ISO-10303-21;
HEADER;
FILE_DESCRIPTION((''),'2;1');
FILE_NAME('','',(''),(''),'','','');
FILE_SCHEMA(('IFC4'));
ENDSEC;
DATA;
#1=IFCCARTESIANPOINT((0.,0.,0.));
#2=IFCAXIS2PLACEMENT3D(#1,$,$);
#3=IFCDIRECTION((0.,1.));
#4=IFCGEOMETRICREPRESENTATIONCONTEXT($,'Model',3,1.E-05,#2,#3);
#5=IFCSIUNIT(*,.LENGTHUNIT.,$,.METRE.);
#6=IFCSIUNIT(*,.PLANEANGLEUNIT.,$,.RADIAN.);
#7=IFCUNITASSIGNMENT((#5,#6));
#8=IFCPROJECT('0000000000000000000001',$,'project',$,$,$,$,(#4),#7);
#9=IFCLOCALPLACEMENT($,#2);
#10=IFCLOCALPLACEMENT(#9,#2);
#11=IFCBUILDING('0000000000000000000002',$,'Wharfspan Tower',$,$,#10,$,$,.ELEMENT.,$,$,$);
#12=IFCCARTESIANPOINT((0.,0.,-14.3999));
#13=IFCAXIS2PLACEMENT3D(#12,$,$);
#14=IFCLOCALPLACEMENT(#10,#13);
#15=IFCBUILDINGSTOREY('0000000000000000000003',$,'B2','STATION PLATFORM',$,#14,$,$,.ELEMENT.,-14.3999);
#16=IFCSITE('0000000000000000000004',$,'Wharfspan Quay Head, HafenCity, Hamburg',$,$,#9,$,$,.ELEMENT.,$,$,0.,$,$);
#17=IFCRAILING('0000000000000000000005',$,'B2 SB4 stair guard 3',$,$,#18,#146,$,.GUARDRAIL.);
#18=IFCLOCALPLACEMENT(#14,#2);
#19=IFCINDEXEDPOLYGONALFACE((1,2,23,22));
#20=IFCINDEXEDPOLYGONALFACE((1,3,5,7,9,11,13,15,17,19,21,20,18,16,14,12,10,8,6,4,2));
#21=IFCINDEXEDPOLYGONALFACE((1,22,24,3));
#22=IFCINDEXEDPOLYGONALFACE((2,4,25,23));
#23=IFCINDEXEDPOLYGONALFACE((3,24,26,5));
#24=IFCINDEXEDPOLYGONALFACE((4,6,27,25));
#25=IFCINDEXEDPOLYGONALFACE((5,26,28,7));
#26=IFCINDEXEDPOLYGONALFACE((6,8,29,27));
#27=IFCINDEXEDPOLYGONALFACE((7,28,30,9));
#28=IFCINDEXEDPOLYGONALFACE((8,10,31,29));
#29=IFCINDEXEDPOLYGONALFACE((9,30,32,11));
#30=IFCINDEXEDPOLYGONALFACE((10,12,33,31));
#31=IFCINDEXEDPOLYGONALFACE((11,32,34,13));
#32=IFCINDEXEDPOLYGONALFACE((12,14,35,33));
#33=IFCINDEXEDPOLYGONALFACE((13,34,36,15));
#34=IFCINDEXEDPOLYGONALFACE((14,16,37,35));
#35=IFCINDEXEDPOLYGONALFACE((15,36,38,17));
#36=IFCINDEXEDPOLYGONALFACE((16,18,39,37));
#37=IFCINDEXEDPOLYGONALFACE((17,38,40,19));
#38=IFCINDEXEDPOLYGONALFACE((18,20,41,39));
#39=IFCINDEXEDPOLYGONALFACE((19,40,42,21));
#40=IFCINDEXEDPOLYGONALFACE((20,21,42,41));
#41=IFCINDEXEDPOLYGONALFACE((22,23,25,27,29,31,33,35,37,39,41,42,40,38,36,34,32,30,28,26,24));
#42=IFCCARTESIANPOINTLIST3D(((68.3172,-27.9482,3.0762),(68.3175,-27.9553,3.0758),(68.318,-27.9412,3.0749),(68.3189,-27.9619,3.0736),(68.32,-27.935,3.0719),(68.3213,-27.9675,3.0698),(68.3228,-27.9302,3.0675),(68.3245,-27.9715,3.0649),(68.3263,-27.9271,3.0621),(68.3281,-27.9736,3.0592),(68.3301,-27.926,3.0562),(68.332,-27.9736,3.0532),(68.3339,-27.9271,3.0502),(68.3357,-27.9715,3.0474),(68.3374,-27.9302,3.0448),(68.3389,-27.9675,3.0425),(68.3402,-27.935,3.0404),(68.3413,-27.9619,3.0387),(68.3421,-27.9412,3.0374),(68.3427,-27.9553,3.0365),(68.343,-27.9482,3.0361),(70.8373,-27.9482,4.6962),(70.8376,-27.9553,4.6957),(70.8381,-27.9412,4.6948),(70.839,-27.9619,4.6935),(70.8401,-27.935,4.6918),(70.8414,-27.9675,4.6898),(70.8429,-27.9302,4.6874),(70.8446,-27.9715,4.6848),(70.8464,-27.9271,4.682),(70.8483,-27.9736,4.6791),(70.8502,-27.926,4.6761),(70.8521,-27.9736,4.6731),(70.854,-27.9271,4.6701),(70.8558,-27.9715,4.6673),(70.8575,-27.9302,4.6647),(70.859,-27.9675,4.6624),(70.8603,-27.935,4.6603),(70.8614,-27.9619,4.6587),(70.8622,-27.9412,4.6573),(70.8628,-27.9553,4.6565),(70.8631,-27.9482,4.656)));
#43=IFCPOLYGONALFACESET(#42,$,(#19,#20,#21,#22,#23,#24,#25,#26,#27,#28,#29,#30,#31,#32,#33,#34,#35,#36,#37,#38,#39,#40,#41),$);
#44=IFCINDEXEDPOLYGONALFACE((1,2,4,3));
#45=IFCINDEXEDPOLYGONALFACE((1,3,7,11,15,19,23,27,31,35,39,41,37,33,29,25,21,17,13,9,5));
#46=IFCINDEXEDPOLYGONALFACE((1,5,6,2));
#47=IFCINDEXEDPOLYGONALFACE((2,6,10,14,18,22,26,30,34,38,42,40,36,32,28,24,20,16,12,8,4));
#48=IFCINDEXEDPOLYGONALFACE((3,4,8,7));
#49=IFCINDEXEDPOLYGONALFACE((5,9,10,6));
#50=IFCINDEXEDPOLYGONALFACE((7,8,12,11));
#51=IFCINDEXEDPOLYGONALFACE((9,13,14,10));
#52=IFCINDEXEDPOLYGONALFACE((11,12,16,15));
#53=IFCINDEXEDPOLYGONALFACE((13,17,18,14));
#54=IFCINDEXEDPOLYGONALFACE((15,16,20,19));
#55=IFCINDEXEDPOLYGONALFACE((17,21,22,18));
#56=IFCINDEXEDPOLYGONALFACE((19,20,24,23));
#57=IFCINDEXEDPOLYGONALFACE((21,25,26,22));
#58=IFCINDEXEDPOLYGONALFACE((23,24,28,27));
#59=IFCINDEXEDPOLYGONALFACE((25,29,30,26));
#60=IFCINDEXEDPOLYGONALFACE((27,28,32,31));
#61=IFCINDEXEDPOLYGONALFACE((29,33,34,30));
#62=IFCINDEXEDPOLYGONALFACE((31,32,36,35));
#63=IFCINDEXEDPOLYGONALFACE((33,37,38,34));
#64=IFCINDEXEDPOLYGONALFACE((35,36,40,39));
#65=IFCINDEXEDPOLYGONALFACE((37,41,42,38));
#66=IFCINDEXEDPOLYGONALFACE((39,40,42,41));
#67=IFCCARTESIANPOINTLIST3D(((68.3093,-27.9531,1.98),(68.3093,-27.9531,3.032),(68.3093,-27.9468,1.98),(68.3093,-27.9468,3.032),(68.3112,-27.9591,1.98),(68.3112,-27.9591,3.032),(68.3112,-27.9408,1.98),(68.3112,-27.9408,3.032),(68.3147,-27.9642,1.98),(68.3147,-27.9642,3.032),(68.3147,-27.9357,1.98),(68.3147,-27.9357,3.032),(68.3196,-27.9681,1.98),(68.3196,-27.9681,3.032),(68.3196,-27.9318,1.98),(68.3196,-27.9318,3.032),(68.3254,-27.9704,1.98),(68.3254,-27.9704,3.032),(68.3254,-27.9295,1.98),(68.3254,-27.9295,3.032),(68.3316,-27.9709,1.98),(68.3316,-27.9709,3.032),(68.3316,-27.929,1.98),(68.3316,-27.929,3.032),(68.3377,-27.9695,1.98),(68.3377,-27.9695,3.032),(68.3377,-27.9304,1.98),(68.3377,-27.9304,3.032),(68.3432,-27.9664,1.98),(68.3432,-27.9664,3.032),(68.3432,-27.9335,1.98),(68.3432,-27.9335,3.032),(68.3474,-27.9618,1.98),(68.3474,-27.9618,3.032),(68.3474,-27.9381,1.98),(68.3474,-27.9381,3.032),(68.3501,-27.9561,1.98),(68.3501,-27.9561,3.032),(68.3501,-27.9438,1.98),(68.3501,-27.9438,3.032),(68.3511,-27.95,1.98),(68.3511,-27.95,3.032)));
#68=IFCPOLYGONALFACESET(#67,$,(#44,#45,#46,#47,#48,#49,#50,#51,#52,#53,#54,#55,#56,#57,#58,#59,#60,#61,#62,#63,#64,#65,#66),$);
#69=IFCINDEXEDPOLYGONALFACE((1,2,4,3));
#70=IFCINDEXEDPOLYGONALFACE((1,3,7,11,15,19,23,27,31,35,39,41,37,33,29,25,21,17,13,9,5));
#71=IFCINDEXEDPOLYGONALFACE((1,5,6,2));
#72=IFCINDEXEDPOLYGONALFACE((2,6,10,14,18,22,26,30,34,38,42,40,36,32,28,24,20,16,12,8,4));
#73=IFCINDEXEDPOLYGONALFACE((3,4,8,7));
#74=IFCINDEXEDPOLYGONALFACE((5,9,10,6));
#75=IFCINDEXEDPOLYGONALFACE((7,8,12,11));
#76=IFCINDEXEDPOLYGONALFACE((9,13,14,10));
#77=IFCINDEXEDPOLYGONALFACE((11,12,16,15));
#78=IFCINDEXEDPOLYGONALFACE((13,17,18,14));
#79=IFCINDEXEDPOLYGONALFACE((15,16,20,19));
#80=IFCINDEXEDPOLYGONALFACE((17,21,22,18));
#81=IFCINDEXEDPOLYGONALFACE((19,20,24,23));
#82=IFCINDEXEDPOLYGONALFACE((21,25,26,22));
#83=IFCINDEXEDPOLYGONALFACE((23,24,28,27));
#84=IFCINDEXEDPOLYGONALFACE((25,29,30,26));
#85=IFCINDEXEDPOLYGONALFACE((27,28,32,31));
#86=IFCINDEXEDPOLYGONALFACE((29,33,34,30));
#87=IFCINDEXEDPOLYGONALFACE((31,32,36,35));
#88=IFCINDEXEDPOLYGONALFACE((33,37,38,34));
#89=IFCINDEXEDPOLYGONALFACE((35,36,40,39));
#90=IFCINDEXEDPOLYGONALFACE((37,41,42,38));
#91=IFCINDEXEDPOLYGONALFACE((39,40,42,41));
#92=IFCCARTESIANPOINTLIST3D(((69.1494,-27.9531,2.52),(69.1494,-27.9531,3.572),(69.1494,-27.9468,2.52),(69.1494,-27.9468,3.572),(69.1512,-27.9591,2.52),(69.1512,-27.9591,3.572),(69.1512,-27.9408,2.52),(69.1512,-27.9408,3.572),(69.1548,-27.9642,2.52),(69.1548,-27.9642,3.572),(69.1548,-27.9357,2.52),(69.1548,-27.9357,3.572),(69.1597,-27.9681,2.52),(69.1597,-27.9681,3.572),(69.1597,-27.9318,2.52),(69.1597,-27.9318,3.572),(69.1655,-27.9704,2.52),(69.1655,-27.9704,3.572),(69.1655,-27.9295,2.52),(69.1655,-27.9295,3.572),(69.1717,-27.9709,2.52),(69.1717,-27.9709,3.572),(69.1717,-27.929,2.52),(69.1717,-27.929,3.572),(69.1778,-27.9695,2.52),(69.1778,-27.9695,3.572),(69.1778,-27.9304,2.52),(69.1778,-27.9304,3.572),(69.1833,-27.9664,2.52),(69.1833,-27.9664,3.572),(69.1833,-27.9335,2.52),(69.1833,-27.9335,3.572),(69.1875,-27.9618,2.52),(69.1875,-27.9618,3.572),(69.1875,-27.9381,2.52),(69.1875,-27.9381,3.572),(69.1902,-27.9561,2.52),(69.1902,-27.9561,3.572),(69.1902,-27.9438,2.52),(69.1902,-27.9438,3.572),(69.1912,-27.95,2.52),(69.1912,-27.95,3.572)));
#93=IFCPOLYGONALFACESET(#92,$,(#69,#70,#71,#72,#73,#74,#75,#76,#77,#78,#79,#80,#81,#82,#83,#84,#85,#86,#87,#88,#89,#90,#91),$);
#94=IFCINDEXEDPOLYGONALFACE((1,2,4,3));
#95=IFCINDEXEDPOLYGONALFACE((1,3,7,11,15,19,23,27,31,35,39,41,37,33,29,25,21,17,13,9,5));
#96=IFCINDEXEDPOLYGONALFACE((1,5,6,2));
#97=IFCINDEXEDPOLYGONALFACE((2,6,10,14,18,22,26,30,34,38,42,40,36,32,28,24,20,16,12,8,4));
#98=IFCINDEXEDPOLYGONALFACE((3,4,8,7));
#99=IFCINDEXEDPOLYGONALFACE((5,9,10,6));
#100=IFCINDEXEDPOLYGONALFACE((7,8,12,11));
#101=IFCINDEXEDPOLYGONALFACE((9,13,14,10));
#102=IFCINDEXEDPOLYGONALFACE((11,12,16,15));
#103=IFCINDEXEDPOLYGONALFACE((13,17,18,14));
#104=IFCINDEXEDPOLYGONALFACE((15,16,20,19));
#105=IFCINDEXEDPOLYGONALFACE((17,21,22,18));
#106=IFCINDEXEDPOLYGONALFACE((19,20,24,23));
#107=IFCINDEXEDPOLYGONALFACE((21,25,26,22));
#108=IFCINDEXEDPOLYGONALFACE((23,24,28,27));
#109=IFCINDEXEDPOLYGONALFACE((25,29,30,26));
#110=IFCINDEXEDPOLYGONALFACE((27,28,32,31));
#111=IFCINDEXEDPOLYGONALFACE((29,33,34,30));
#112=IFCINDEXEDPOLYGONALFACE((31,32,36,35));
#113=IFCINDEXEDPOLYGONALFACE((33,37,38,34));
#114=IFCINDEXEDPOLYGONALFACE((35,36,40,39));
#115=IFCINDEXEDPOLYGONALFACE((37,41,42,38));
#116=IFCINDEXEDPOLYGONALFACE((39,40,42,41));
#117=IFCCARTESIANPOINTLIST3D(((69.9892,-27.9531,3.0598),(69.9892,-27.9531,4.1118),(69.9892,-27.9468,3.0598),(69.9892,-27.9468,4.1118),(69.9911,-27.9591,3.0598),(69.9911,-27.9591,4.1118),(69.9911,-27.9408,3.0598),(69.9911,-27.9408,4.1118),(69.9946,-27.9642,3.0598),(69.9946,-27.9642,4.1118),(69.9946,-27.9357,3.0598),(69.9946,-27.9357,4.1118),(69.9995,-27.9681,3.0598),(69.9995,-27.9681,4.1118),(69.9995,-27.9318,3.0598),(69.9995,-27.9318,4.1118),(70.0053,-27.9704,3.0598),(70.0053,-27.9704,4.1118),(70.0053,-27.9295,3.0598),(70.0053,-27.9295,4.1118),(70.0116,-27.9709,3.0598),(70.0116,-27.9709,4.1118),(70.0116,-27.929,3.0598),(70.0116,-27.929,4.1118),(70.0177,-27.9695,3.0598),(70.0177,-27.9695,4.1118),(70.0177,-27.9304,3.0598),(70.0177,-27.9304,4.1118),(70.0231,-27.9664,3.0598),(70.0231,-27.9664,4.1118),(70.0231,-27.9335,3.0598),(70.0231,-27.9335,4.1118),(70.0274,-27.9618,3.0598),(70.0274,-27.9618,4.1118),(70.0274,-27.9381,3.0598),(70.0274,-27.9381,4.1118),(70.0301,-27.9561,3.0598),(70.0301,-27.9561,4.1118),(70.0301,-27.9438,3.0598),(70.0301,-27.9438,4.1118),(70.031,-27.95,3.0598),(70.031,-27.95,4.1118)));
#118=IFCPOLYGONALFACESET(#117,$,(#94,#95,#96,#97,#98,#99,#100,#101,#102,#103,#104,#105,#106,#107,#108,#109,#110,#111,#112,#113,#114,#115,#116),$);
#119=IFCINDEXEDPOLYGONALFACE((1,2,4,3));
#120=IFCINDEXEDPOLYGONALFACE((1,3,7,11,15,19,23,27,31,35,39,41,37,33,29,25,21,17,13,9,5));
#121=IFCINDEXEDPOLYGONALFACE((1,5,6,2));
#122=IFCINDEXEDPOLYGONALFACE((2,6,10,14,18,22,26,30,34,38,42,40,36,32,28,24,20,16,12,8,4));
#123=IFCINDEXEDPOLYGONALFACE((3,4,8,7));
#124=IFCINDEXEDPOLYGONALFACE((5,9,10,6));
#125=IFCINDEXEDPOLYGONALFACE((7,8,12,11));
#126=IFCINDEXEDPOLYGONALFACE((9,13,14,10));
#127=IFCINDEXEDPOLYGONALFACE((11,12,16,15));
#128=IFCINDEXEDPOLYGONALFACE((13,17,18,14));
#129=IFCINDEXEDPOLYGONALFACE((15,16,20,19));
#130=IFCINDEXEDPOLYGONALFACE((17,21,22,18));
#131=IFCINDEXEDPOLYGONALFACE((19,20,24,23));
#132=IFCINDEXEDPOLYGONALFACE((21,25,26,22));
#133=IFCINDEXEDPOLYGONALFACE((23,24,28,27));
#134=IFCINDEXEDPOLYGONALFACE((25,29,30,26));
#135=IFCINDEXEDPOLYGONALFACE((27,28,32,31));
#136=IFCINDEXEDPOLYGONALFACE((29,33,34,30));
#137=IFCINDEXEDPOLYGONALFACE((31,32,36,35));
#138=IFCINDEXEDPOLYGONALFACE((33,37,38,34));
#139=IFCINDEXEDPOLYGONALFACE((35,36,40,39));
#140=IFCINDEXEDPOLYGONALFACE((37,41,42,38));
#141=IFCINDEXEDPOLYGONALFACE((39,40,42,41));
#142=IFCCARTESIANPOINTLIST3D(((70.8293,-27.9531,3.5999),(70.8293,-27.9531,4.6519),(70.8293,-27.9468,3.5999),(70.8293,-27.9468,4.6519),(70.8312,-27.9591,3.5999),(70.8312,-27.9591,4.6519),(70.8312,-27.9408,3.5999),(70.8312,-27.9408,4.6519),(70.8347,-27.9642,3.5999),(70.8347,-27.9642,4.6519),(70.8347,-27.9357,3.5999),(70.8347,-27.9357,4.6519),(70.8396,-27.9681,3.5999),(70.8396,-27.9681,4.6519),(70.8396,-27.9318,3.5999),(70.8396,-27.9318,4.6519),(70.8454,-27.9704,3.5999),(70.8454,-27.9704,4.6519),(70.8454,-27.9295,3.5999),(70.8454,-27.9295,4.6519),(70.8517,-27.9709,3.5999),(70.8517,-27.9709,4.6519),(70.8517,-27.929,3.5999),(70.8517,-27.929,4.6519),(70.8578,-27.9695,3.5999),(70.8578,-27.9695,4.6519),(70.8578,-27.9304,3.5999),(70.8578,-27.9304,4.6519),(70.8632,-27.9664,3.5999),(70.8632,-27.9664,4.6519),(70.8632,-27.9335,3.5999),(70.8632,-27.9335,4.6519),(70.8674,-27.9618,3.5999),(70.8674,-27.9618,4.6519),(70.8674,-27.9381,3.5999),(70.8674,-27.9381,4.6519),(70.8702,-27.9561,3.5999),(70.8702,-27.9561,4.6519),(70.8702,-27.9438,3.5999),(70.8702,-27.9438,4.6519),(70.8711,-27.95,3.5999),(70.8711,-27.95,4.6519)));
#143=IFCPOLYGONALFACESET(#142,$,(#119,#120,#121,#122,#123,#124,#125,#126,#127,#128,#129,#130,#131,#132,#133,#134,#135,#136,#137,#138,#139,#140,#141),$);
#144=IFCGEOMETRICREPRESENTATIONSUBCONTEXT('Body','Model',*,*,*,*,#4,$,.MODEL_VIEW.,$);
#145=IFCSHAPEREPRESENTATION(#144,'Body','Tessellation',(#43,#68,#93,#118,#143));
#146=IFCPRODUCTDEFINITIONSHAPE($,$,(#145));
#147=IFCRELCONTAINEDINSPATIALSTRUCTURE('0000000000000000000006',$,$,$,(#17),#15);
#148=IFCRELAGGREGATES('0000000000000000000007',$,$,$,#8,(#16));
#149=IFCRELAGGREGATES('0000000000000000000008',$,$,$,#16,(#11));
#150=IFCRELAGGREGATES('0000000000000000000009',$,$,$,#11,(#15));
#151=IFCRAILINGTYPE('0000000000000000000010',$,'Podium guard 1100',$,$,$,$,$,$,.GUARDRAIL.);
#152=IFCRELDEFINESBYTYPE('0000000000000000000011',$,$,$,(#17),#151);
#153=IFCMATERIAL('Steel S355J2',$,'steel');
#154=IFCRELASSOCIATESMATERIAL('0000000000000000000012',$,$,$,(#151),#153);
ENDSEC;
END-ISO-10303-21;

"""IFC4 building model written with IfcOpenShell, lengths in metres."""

from ifc_helpers import new_model, si_unit, direction, frame, origin, origin_2d, place, context, subcontext, project, spatial, circle, extrude, material, type_object, element, save


model = new_model("IFC4")

# Units and contexts
model_context = context("Model", 3, precision=1e-05, world=origin(), true_north=direction((0.0, 1.0)))
body_context = subcontext(model_context, "Body", "Model", "MODEL_VIEW")
ifc_project = project(units=[si_unit("LENGTHUNIT", "METRE"), si_unit("PLANEANGLEUNIT", "RADIAN")], contexts=[model_context])

# Site, building, storey
site_placement = place(None, origin())
site = spatial("IfcSite", under=ifc_project, at=site_placement, Name="Wharfspan Quay Head, HafenCity, Hamburg", CompositionType="ELEMENT", RefElevation=0.0)
building_placement = place(site_placement, origin())
building = spatial("IfcBuilding", under=site, at=building_placement, Name="Wharfspan Tower", CompositionType="ELEMENT")
storey_placement = place(building_placement, frame((0.0, 0.0, -14.3999)))
storey = spatial("IfcBuildingStorey", under=building, at=storey_placement, Name="B2", Description="STATION PLATFORM", CompositionType="ELEMENT", Elevation=-14.3999)

# Railing
ifc_material_1 = material(Name="Steel S355J2", Category="steel")
railing_type_1 = type_object("IfcRailingType", Name="Podium guard 1100", PredefinedType="GUARDRAIL", material=ifc_material_1)
railing_1_placement = place(storey_placement, frame((68.3301, -27.95, 1.98)))
element("IfcRailing", 1, at=railing_1_placement, inside=storey, type_object=railing_type_1, Name="B2 SB4 stair guard 3", PredefinedType="GUARDRAIL", context=body_context, shape_type="SweptSolid", body=[
    extrude(circle(Radius=0.0239, at=origin_2d()), frame((0.0, 0.0, 1.0762), z_axis=(0.8412, 0.0, 0.540725), x_axis=(0.0, 1.0, 0.0)), (0.0, 0.0, 1.0), 2.9958),
    extrude(circle(Radius=0.021, at=origin_2d()), origin(), (0.0, 0.0, 1.0), 1.052),
    extrude(circle(Radius=0.021, at=origin_2d()), frame((0.8401, 0.0, 0.54)), (0.0, 0.0, 1.0), 1.052),
    extrude(circle(Radius=0.021, at=origin_2d()), frame((1.6799, 0.0, 1.0798)), (0.0, 0.0, 1.0), 1.052),
    extrude(circle(Radius=0.021, at=origin_2d()), frame((2.52, 0.0, 1.6199)), (0.0, 0.0, 1.0), 1.052),
])

save(model, "model.ifc")
